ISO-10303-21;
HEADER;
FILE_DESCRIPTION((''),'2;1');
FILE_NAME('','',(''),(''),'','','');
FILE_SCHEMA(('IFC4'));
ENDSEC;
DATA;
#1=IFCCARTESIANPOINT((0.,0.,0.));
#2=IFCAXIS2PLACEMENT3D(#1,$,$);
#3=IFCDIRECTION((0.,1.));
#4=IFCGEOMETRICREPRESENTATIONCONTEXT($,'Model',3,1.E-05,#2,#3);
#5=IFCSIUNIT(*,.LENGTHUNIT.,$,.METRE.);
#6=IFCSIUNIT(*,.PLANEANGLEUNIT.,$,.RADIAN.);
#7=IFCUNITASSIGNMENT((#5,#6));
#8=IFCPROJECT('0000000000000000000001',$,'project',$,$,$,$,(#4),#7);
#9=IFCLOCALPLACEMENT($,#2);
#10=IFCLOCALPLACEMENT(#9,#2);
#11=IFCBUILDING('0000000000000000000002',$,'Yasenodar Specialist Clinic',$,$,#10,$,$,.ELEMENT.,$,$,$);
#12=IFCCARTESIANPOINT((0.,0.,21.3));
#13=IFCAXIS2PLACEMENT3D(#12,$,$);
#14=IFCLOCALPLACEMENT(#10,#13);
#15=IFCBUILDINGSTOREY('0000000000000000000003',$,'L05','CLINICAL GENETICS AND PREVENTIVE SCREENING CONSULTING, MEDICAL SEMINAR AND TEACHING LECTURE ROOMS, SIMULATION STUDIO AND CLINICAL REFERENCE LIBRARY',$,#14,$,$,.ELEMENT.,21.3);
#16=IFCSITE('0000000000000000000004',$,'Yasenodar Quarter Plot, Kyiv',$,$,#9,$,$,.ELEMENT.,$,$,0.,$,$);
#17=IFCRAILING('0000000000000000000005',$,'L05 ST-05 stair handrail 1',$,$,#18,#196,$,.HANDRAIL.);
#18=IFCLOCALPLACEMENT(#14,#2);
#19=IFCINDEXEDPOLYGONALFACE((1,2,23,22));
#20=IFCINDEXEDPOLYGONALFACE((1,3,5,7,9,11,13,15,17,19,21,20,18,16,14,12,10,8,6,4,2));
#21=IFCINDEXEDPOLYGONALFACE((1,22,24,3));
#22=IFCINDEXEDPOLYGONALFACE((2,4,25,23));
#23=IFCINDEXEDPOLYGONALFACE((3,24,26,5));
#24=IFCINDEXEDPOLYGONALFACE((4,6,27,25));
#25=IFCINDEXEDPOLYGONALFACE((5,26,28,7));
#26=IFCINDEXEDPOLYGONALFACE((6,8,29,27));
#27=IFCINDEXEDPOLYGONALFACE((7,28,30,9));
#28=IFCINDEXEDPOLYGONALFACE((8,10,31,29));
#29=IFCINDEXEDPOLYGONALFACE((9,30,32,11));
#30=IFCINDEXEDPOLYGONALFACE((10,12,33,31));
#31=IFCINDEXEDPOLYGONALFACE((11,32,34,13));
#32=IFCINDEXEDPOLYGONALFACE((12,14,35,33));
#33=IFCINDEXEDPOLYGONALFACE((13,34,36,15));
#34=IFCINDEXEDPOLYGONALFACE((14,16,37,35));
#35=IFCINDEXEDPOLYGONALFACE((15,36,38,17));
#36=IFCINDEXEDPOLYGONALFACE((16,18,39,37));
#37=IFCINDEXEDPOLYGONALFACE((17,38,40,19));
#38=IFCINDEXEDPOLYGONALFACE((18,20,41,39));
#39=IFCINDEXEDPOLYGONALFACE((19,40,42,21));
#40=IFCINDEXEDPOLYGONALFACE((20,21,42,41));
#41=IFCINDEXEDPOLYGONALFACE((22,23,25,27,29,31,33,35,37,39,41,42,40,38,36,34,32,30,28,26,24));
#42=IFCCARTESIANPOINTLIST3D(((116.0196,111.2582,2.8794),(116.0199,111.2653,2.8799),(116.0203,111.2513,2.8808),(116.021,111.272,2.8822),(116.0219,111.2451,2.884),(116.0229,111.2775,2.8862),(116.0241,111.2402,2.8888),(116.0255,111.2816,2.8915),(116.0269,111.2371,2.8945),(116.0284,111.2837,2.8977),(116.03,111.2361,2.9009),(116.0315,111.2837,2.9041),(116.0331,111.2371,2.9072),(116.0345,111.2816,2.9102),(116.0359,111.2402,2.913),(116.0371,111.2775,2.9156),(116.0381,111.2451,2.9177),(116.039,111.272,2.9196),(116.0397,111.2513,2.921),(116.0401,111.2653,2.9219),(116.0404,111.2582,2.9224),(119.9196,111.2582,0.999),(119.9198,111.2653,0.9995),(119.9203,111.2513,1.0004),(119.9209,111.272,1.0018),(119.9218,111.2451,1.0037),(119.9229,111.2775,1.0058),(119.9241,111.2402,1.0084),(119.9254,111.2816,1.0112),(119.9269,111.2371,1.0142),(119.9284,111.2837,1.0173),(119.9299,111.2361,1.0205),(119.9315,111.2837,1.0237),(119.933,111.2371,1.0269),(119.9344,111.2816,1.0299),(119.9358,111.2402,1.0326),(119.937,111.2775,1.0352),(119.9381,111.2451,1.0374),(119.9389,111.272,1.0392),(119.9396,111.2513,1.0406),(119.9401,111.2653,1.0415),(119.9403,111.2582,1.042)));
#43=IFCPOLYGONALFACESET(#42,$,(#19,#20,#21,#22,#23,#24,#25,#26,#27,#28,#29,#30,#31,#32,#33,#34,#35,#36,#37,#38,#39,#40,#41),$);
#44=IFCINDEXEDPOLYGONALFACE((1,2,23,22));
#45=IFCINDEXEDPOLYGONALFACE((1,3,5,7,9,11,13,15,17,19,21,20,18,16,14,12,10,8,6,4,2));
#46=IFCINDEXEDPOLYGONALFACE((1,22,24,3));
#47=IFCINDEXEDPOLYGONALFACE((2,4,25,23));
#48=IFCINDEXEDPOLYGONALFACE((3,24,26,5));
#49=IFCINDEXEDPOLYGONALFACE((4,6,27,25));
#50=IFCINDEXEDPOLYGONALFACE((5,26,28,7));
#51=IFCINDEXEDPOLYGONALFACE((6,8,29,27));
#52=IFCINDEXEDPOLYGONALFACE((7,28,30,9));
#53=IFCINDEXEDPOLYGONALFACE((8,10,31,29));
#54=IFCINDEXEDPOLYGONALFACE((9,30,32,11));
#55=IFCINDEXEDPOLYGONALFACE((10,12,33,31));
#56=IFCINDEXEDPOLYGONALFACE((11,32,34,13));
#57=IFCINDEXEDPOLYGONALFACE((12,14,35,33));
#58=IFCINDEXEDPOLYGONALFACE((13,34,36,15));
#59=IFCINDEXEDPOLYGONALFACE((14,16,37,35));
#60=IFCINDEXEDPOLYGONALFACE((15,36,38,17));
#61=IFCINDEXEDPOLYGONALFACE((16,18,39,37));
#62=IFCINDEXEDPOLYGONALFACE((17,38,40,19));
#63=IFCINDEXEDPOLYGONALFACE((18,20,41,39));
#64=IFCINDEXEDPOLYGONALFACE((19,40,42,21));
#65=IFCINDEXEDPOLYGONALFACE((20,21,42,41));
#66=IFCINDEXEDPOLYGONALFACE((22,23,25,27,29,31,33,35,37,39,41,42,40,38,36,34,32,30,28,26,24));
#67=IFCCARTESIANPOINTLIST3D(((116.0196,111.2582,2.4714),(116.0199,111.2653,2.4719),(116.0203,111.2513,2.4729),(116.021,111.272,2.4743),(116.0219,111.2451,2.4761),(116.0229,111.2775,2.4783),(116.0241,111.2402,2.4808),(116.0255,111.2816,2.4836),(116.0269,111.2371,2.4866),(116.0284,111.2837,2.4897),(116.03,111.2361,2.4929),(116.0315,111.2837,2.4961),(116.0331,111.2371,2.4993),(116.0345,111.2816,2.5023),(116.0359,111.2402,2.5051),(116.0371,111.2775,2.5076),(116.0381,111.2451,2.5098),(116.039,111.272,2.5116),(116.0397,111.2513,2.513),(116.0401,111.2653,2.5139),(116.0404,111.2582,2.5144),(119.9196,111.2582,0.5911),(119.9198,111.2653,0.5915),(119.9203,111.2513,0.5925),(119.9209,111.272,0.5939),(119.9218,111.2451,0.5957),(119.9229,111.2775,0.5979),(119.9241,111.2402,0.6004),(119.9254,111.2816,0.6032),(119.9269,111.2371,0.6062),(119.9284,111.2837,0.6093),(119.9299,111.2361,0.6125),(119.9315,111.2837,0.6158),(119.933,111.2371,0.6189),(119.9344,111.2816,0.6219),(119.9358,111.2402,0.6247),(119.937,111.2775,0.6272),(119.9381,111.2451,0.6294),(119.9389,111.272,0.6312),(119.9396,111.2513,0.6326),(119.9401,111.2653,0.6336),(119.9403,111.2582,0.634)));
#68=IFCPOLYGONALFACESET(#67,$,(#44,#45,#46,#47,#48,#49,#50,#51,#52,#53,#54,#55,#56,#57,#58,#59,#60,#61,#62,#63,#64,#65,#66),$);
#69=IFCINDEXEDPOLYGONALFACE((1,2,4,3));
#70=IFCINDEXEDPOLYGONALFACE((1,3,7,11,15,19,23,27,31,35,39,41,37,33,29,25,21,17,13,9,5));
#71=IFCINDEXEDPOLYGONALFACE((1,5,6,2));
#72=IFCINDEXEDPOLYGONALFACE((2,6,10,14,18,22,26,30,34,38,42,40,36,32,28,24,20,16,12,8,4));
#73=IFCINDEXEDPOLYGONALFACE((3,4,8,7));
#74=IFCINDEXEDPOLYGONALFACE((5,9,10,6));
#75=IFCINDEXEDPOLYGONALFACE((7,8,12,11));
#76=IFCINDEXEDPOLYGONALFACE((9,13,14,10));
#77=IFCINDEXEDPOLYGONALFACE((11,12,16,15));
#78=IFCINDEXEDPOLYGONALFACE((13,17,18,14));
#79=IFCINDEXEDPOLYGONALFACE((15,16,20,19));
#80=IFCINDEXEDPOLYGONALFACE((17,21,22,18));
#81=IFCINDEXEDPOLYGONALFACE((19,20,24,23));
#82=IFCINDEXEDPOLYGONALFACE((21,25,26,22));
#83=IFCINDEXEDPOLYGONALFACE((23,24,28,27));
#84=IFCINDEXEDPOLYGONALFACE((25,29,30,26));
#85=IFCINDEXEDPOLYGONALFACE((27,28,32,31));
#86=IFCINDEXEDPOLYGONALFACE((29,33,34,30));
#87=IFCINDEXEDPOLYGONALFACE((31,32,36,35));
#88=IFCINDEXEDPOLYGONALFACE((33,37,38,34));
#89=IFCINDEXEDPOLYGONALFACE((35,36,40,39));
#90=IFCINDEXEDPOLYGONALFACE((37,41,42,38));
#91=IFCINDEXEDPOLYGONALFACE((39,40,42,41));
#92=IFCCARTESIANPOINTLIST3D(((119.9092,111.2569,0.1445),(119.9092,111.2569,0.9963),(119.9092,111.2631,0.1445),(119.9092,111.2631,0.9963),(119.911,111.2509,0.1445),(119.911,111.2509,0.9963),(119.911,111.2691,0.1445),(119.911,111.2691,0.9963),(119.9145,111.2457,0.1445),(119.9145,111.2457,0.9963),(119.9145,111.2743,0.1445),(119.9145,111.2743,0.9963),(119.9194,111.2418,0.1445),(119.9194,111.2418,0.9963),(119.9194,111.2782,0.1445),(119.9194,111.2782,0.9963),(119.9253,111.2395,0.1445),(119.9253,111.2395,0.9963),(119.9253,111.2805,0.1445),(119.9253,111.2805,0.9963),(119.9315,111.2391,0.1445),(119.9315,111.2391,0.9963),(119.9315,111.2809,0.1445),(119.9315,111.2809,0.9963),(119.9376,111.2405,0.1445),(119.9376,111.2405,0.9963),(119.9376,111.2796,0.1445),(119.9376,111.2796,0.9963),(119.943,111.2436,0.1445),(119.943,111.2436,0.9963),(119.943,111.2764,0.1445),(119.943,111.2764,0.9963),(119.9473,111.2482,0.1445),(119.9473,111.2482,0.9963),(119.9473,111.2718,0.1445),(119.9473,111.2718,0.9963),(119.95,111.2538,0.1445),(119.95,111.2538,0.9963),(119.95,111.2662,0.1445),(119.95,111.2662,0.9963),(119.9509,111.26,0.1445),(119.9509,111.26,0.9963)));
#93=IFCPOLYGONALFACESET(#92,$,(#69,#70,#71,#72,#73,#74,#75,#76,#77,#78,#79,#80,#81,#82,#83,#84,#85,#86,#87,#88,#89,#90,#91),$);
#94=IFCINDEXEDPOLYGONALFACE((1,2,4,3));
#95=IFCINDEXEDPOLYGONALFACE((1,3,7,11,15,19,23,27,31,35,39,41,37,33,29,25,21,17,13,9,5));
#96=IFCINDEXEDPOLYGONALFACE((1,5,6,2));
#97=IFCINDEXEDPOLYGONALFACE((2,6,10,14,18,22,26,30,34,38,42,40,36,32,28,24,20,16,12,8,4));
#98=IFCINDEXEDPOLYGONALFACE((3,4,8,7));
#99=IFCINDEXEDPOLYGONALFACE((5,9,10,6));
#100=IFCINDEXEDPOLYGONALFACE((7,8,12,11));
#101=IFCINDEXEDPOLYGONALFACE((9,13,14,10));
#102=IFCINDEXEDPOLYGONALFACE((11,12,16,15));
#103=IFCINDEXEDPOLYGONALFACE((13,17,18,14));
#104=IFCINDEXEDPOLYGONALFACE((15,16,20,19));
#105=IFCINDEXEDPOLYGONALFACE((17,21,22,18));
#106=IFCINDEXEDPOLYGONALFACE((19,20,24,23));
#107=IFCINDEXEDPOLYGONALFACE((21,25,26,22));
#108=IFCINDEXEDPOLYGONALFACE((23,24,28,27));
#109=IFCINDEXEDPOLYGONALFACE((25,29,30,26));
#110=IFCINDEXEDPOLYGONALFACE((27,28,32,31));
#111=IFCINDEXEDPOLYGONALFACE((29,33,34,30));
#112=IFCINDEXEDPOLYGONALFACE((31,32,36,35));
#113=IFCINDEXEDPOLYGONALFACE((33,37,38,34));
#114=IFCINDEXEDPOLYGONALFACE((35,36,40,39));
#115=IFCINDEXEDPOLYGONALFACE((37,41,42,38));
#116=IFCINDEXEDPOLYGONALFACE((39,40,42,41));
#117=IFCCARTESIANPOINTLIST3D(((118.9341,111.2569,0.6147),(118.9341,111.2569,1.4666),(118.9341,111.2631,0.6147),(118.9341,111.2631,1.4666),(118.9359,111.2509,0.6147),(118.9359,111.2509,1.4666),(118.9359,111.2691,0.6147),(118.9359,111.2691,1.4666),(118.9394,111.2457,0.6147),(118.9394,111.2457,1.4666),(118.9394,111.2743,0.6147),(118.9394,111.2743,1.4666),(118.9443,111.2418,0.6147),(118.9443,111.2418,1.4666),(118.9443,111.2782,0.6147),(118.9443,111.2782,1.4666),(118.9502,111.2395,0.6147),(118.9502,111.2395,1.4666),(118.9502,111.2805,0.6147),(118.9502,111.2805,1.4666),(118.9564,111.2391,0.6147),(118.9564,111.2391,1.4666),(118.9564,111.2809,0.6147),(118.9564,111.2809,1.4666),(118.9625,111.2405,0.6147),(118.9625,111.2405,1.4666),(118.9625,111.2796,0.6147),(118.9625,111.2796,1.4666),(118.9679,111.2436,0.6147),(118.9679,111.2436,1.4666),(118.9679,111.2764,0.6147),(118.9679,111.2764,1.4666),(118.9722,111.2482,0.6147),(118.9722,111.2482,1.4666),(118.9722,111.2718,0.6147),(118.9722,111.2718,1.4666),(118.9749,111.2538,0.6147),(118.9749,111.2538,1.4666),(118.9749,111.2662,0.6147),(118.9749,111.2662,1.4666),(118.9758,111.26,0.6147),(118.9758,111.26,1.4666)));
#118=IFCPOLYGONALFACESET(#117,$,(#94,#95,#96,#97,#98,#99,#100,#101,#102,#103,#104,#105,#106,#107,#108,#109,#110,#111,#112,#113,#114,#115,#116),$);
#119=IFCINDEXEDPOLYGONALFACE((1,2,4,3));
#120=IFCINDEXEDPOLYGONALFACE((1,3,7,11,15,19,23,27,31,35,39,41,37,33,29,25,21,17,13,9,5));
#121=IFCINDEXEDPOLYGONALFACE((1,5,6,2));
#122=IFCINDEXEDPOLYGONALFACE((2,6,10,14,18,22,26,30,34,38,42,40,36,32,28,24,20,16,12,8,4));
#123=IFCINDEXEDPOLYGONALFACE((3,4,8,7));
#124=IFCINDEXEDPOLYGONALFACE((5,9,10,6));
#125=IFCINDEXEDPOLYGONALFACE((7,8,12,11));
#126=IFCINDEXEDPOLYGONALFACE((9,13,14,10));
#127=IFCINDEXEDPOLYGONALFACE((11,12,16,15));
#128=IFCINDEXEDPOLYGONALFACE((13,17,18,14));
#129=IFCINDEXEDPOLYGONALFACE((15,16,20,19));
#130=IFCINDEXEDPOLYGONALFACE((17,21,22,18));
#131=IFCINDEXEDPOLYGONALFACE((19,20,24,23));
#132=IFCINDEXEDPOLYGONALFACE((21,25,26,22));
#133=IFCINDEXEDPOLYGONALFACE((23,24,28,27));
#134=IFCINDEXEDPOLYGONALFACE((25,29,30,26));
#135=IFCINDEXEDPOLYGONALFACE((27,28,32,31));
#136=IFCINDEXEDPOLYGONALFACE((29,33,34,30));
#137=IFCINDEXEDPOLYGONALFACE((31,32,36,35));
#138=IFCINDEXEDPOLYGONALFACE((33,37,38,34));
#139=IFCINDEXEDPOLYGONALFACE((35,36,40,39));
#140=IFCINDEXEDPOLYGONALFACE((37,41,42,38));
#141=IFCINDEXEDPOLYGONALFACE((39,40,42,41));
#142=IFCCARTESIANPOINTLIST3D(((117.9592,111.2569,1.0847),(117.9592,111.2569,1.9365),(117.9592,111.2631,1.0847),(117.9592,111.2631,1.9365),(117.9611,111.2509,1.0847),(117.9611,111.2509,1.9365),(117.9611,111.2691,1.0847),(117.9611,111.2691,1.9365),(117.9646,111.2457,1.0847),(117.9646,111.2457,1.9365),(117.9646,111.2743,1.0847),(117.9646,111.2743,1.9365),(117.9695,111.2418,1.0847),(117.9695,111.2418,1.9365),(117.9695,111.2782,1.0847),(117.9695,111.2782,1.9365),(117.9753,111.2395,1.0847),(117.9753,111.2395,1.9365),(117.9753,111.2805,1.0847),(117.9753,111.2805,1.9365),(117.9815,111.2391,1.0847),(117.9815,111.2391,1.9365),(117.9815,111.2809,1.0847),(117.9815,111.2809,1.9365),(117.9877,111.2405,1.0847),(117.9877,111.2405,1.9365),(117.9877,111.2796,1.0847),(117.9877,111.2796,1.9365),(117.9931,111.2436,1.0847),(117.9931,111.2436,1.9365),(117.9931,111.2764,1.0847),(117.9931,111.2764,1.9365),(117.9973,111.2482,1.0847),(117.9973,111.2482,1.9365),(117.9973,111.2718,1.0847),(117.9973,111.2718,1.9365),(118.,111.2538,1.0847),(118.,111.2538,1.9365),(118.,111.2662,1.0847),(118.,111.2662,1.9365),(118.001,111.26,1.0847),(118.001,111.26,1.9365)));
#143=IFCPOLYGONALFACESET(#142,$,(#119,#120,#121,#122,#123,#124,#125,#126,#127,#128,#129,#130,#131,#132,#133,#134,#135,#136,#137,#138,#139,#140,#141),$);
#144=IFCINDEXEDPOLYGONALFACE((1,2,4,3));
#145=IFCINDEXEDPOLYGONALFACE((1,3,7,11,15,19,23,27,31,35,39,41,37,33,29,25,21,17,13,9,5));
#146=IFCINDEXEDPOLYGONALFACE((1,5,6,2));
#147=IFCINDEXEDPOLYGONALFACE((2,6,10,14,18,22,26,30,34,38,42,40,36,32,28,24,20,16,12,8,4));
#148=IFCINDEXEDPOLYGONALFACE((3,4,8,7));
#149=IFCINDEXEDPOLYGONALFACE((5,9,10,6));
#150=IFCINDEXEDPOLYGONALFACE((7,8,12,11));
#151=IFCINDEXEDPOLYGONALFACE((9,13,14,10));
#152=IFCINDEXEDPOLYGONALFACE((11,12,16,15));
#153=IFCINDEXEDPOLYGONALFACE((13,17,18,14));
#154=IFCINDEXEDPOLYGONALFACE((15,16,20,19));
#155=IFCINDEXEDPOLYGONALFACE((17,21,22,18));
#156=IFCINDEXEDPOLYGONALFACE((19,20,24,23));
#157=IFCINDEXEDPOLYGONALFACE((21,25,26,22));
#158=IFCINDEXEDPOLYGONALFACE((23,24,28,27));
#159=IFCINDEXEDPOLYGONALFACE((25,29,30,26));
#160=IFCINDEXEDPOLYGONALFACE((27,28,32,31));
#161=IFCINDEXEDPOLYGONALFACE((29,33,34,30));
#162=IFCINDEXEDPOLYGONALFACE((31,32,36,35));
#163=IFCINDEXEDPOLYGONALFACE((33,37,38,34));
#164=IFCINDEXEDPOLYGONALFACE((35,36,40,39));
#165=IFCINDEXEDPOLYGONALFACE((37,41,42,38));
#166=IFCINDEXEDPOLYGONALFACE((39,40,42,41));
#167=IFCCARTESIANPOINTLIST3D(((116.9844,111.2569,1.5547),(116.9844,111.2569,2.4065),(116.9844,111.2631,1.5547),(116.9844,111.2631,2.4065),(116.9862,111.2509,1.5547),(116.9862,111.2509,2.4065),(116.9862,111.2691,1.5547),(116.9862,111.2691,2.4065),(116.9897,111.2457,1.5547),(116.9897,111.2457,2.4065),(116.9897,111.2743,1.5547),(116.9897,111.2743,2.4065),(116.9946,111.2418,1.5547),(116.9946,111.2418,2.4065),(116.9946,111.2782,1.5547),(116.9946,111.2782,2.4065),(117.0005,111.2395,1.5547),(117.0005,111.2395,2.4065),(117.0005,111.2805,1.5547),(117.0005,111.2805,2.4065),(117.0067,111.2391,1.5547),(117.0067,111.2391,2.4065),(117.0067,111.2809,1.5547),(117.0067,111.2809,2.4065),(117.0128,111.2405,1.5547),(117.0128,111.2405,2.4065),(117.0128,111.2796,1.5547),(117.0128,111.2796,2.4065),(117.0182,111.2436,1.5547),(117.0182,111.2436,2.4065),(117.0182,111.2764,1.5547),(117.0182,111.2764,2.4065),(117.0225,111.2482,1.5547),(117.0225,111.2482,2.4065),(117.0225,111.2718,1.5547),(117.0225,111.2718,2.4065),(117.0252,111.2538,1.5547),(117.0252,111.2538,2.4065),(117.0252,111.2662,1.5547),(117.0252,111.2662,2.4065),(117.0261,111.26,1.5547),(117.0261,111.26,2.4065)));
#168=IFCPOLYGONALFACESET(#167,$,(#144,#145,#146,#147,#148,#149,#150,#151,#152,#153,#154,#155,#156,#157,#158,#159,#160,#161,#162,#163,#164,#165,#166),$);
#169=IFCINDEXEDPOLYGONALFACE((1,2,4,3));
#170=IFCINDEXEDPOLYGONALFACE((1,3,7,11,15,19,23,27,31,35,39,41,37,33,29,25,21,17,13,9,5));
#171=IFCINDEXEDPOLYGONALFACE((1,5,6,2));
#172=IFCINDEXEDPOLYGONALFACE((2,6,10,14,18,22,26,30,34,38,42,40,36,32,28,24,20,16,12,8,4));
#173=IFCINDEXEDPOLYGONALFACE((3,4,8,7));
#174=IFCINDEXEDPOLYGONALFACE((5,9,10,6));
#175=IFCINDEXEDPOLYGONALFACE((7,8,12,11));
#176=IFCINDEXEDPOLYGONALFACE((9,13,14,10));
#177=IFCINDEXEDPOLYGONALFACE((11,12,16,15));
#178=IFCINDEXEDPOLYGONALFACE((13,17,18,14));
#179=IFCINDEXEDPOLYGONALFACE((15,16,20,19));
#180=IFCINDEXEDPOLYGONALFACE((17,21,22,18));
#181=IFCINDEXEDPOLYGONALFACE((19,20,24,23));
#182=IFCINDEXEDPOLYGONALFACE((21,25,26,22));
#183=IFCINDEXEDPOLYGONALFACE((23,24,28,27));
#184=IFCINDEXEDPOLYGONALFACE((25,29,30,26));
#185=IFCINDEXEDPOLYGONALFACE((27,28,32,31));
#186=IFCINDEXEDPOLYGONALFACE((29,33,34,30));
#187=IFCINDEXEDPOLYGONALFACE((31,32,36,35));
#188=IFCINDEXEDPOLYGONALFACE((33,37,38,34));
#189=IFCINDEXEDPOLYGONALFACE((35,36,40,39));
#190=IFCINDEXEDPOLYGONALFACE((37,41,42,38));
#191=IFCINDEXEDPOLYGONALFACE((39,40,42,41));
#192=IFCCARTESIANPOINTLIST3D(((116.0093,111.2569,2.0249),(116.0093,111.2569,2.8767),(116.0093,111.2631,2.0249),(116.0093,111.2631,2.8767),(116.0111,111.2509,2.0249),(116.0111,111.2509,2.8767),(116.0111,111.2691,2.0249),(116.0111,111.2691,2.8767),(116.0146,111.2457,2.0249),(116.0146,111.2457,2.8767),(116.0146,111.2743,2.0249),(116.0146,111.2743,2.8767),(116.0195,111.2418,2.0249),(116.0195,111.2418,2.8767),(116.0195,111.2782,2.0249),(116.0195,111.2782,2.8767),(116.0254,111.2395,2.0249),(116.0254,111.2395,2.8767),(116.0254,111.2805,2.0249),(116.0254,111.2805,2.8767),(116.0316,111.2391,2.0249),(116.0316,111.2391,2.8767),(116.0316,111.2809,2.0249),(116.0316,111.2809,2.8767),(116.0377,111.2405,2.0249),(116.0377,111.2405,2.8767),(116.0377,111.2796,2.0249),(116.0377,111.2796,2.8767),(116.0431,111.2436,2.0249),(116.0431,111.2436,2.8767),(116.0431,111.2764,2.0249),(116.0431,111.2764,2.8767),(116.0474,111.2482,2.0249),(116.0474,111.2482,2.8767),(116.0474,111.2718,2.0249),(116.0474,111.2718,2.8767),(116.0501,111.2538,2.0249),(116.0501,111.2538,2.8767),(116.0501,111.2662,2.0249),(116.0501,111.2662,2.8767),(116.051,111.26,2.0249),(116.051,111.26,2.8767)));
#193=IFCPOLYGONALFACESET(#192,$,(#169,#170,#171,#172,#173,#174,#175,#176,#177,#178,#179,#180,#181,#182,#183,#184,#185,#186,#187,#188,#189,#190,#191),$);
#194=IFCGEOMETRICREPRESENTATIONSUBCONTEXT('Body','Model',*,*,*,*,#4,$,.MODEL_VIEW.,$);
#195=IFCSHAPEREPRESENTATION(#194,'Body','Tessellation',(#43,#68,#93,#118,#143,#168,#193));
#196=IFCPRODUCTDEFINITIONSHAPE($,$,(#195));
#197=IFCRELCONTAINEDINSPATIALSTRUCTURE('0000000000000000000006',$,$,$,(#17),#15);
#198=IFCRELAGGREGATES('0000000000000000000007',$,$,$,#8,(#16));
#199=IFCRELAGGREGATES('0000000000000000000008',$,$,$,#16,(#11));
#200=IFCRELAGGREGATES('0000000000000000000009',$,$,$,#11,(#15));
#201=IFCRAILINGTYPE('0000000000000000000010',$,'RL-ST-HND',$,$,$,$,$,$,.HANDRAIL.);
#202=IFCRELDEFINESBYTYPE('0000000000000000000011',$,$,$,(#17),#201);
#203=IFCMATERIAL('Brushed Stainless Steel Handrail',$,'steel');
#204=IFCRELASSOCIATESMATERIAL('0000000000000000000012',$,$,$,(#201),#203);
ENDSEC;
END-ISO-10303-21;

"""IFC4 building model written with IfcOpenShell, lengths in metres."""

from ifc_helpers import new_model, si_unit, direction, frame, origin, origin_2d, place, context, subcontext, project, spatial, circle, extrude, material, type_object, element, save


model = new_model("IFC4")

# Units and contexts
model_context = context("Model", 3, precision=1e-05, world=origin(), true_north=direction((0.0, 1.0)))
body_context = subcontext(model_context, "Body", "Model", "MODEL_VIEW")
ifc_project = project(units=[si_unit("LENGTHUNIT", "METRE"), si_unit("PLANEANGLEUNIT", "RADIAN")], contexts=[model_context])

# Site, building, storey
site_placement = place(None, origin())
site = spatial("IfcSite", under=ifc_project, at=site_placement, Name="Yasenodar Quarter Plot, Kyiv", CompositionType="ELEMENT", RefElevation=0.0)
building_placement = place(site_placement, origin())
building = spatial("IfcBuilding", under=site, at=building_placement, Name="Yasenodar Specialist Clinic", CompositionType="ELEMENT")
storey_placement = place(building_placement, frame((0.0, 0.0, 21.3)))
storey = spatial("IfcBuildingStorey", under=building, at=storey_placement, Name="L05", Description="CLINICAL GENETICS AND PREVENTIVE SCREENING CONSULTING, MEDICAL SEMINAR AND TEACHING LECTURE ROOMS, SIMULATION STUDIO AND CLINICAL REFERENCE LIBRARY", CompositionType="ELEMENT", Elevation=21.3)

# Railing
ifc_material_1 = material(Name="Brushed Stainless Steel Handrail", Category="steel")
railing_type_1 = type_object("IfcRailingType", Name="RL-ST-HND", PredefinedType="HANDRAIL", material=ifc_material_1)
railing_1_placement = place(storey_placement, frame((119.9299, 111.26, 0.1445)))
element("IfcRailing", 1, at=railing_1_placement, inside=storey, type_object=railing_type_1, Name="L05 ST-05 stair handrail 1", PredefinedType="HANDRAIL", context=body_context, shape_type="SweptSolid", body=[
    extrude(circle(Radius=0.0239, at=origin_2d()), frame((0.0, 0.0, 0.876), z_axis=(-0.900763, 0.0, 0.434311), x_axis=(0.0, -1.0, 0.0)), (0.0, 0.0, 1.0), 4.3296),
    extrude(circle(Radius=0.0239, at=origin_2d()), frame((0.0, 0.0, 0.468), z_axis=(-0.900763, 0.0, 0.434311), x_axis=(0.0, -1.0, 0.0)), (0.0, 0.0, 1.0), 4.3296),
    extrude(circle(Radius=0.021, at=origin_2d()), origin(), (0.0, 0.0, 1.0), 0.8518),
    extrude(circle(Radius=0.021, at=origin_2d()), frame((-0.9751, 0.0, 0.4702)), (0.0, 0.0, 1.0), 0.8518),
    extrude(circle(Radius=0.021, at=origin_2d()), frame((-1.95, 0.0, 0.9402)), (0.0, 0.0, 1.0), 0.8518),
    extrude(circle(Radius=0.021, at=origin_2d()), frame((-2.9248, 0.0, 1.4102)), (0.0, 0.0, 1.0), 0.8518),
    extrude(circle(Radius=0.021, at=origin_2d()), frame((-3.8999, 0.0, 1.8804)), (0.0, 0.0, 1.0), 0.8518),
])

save(model, "model.ifc")
